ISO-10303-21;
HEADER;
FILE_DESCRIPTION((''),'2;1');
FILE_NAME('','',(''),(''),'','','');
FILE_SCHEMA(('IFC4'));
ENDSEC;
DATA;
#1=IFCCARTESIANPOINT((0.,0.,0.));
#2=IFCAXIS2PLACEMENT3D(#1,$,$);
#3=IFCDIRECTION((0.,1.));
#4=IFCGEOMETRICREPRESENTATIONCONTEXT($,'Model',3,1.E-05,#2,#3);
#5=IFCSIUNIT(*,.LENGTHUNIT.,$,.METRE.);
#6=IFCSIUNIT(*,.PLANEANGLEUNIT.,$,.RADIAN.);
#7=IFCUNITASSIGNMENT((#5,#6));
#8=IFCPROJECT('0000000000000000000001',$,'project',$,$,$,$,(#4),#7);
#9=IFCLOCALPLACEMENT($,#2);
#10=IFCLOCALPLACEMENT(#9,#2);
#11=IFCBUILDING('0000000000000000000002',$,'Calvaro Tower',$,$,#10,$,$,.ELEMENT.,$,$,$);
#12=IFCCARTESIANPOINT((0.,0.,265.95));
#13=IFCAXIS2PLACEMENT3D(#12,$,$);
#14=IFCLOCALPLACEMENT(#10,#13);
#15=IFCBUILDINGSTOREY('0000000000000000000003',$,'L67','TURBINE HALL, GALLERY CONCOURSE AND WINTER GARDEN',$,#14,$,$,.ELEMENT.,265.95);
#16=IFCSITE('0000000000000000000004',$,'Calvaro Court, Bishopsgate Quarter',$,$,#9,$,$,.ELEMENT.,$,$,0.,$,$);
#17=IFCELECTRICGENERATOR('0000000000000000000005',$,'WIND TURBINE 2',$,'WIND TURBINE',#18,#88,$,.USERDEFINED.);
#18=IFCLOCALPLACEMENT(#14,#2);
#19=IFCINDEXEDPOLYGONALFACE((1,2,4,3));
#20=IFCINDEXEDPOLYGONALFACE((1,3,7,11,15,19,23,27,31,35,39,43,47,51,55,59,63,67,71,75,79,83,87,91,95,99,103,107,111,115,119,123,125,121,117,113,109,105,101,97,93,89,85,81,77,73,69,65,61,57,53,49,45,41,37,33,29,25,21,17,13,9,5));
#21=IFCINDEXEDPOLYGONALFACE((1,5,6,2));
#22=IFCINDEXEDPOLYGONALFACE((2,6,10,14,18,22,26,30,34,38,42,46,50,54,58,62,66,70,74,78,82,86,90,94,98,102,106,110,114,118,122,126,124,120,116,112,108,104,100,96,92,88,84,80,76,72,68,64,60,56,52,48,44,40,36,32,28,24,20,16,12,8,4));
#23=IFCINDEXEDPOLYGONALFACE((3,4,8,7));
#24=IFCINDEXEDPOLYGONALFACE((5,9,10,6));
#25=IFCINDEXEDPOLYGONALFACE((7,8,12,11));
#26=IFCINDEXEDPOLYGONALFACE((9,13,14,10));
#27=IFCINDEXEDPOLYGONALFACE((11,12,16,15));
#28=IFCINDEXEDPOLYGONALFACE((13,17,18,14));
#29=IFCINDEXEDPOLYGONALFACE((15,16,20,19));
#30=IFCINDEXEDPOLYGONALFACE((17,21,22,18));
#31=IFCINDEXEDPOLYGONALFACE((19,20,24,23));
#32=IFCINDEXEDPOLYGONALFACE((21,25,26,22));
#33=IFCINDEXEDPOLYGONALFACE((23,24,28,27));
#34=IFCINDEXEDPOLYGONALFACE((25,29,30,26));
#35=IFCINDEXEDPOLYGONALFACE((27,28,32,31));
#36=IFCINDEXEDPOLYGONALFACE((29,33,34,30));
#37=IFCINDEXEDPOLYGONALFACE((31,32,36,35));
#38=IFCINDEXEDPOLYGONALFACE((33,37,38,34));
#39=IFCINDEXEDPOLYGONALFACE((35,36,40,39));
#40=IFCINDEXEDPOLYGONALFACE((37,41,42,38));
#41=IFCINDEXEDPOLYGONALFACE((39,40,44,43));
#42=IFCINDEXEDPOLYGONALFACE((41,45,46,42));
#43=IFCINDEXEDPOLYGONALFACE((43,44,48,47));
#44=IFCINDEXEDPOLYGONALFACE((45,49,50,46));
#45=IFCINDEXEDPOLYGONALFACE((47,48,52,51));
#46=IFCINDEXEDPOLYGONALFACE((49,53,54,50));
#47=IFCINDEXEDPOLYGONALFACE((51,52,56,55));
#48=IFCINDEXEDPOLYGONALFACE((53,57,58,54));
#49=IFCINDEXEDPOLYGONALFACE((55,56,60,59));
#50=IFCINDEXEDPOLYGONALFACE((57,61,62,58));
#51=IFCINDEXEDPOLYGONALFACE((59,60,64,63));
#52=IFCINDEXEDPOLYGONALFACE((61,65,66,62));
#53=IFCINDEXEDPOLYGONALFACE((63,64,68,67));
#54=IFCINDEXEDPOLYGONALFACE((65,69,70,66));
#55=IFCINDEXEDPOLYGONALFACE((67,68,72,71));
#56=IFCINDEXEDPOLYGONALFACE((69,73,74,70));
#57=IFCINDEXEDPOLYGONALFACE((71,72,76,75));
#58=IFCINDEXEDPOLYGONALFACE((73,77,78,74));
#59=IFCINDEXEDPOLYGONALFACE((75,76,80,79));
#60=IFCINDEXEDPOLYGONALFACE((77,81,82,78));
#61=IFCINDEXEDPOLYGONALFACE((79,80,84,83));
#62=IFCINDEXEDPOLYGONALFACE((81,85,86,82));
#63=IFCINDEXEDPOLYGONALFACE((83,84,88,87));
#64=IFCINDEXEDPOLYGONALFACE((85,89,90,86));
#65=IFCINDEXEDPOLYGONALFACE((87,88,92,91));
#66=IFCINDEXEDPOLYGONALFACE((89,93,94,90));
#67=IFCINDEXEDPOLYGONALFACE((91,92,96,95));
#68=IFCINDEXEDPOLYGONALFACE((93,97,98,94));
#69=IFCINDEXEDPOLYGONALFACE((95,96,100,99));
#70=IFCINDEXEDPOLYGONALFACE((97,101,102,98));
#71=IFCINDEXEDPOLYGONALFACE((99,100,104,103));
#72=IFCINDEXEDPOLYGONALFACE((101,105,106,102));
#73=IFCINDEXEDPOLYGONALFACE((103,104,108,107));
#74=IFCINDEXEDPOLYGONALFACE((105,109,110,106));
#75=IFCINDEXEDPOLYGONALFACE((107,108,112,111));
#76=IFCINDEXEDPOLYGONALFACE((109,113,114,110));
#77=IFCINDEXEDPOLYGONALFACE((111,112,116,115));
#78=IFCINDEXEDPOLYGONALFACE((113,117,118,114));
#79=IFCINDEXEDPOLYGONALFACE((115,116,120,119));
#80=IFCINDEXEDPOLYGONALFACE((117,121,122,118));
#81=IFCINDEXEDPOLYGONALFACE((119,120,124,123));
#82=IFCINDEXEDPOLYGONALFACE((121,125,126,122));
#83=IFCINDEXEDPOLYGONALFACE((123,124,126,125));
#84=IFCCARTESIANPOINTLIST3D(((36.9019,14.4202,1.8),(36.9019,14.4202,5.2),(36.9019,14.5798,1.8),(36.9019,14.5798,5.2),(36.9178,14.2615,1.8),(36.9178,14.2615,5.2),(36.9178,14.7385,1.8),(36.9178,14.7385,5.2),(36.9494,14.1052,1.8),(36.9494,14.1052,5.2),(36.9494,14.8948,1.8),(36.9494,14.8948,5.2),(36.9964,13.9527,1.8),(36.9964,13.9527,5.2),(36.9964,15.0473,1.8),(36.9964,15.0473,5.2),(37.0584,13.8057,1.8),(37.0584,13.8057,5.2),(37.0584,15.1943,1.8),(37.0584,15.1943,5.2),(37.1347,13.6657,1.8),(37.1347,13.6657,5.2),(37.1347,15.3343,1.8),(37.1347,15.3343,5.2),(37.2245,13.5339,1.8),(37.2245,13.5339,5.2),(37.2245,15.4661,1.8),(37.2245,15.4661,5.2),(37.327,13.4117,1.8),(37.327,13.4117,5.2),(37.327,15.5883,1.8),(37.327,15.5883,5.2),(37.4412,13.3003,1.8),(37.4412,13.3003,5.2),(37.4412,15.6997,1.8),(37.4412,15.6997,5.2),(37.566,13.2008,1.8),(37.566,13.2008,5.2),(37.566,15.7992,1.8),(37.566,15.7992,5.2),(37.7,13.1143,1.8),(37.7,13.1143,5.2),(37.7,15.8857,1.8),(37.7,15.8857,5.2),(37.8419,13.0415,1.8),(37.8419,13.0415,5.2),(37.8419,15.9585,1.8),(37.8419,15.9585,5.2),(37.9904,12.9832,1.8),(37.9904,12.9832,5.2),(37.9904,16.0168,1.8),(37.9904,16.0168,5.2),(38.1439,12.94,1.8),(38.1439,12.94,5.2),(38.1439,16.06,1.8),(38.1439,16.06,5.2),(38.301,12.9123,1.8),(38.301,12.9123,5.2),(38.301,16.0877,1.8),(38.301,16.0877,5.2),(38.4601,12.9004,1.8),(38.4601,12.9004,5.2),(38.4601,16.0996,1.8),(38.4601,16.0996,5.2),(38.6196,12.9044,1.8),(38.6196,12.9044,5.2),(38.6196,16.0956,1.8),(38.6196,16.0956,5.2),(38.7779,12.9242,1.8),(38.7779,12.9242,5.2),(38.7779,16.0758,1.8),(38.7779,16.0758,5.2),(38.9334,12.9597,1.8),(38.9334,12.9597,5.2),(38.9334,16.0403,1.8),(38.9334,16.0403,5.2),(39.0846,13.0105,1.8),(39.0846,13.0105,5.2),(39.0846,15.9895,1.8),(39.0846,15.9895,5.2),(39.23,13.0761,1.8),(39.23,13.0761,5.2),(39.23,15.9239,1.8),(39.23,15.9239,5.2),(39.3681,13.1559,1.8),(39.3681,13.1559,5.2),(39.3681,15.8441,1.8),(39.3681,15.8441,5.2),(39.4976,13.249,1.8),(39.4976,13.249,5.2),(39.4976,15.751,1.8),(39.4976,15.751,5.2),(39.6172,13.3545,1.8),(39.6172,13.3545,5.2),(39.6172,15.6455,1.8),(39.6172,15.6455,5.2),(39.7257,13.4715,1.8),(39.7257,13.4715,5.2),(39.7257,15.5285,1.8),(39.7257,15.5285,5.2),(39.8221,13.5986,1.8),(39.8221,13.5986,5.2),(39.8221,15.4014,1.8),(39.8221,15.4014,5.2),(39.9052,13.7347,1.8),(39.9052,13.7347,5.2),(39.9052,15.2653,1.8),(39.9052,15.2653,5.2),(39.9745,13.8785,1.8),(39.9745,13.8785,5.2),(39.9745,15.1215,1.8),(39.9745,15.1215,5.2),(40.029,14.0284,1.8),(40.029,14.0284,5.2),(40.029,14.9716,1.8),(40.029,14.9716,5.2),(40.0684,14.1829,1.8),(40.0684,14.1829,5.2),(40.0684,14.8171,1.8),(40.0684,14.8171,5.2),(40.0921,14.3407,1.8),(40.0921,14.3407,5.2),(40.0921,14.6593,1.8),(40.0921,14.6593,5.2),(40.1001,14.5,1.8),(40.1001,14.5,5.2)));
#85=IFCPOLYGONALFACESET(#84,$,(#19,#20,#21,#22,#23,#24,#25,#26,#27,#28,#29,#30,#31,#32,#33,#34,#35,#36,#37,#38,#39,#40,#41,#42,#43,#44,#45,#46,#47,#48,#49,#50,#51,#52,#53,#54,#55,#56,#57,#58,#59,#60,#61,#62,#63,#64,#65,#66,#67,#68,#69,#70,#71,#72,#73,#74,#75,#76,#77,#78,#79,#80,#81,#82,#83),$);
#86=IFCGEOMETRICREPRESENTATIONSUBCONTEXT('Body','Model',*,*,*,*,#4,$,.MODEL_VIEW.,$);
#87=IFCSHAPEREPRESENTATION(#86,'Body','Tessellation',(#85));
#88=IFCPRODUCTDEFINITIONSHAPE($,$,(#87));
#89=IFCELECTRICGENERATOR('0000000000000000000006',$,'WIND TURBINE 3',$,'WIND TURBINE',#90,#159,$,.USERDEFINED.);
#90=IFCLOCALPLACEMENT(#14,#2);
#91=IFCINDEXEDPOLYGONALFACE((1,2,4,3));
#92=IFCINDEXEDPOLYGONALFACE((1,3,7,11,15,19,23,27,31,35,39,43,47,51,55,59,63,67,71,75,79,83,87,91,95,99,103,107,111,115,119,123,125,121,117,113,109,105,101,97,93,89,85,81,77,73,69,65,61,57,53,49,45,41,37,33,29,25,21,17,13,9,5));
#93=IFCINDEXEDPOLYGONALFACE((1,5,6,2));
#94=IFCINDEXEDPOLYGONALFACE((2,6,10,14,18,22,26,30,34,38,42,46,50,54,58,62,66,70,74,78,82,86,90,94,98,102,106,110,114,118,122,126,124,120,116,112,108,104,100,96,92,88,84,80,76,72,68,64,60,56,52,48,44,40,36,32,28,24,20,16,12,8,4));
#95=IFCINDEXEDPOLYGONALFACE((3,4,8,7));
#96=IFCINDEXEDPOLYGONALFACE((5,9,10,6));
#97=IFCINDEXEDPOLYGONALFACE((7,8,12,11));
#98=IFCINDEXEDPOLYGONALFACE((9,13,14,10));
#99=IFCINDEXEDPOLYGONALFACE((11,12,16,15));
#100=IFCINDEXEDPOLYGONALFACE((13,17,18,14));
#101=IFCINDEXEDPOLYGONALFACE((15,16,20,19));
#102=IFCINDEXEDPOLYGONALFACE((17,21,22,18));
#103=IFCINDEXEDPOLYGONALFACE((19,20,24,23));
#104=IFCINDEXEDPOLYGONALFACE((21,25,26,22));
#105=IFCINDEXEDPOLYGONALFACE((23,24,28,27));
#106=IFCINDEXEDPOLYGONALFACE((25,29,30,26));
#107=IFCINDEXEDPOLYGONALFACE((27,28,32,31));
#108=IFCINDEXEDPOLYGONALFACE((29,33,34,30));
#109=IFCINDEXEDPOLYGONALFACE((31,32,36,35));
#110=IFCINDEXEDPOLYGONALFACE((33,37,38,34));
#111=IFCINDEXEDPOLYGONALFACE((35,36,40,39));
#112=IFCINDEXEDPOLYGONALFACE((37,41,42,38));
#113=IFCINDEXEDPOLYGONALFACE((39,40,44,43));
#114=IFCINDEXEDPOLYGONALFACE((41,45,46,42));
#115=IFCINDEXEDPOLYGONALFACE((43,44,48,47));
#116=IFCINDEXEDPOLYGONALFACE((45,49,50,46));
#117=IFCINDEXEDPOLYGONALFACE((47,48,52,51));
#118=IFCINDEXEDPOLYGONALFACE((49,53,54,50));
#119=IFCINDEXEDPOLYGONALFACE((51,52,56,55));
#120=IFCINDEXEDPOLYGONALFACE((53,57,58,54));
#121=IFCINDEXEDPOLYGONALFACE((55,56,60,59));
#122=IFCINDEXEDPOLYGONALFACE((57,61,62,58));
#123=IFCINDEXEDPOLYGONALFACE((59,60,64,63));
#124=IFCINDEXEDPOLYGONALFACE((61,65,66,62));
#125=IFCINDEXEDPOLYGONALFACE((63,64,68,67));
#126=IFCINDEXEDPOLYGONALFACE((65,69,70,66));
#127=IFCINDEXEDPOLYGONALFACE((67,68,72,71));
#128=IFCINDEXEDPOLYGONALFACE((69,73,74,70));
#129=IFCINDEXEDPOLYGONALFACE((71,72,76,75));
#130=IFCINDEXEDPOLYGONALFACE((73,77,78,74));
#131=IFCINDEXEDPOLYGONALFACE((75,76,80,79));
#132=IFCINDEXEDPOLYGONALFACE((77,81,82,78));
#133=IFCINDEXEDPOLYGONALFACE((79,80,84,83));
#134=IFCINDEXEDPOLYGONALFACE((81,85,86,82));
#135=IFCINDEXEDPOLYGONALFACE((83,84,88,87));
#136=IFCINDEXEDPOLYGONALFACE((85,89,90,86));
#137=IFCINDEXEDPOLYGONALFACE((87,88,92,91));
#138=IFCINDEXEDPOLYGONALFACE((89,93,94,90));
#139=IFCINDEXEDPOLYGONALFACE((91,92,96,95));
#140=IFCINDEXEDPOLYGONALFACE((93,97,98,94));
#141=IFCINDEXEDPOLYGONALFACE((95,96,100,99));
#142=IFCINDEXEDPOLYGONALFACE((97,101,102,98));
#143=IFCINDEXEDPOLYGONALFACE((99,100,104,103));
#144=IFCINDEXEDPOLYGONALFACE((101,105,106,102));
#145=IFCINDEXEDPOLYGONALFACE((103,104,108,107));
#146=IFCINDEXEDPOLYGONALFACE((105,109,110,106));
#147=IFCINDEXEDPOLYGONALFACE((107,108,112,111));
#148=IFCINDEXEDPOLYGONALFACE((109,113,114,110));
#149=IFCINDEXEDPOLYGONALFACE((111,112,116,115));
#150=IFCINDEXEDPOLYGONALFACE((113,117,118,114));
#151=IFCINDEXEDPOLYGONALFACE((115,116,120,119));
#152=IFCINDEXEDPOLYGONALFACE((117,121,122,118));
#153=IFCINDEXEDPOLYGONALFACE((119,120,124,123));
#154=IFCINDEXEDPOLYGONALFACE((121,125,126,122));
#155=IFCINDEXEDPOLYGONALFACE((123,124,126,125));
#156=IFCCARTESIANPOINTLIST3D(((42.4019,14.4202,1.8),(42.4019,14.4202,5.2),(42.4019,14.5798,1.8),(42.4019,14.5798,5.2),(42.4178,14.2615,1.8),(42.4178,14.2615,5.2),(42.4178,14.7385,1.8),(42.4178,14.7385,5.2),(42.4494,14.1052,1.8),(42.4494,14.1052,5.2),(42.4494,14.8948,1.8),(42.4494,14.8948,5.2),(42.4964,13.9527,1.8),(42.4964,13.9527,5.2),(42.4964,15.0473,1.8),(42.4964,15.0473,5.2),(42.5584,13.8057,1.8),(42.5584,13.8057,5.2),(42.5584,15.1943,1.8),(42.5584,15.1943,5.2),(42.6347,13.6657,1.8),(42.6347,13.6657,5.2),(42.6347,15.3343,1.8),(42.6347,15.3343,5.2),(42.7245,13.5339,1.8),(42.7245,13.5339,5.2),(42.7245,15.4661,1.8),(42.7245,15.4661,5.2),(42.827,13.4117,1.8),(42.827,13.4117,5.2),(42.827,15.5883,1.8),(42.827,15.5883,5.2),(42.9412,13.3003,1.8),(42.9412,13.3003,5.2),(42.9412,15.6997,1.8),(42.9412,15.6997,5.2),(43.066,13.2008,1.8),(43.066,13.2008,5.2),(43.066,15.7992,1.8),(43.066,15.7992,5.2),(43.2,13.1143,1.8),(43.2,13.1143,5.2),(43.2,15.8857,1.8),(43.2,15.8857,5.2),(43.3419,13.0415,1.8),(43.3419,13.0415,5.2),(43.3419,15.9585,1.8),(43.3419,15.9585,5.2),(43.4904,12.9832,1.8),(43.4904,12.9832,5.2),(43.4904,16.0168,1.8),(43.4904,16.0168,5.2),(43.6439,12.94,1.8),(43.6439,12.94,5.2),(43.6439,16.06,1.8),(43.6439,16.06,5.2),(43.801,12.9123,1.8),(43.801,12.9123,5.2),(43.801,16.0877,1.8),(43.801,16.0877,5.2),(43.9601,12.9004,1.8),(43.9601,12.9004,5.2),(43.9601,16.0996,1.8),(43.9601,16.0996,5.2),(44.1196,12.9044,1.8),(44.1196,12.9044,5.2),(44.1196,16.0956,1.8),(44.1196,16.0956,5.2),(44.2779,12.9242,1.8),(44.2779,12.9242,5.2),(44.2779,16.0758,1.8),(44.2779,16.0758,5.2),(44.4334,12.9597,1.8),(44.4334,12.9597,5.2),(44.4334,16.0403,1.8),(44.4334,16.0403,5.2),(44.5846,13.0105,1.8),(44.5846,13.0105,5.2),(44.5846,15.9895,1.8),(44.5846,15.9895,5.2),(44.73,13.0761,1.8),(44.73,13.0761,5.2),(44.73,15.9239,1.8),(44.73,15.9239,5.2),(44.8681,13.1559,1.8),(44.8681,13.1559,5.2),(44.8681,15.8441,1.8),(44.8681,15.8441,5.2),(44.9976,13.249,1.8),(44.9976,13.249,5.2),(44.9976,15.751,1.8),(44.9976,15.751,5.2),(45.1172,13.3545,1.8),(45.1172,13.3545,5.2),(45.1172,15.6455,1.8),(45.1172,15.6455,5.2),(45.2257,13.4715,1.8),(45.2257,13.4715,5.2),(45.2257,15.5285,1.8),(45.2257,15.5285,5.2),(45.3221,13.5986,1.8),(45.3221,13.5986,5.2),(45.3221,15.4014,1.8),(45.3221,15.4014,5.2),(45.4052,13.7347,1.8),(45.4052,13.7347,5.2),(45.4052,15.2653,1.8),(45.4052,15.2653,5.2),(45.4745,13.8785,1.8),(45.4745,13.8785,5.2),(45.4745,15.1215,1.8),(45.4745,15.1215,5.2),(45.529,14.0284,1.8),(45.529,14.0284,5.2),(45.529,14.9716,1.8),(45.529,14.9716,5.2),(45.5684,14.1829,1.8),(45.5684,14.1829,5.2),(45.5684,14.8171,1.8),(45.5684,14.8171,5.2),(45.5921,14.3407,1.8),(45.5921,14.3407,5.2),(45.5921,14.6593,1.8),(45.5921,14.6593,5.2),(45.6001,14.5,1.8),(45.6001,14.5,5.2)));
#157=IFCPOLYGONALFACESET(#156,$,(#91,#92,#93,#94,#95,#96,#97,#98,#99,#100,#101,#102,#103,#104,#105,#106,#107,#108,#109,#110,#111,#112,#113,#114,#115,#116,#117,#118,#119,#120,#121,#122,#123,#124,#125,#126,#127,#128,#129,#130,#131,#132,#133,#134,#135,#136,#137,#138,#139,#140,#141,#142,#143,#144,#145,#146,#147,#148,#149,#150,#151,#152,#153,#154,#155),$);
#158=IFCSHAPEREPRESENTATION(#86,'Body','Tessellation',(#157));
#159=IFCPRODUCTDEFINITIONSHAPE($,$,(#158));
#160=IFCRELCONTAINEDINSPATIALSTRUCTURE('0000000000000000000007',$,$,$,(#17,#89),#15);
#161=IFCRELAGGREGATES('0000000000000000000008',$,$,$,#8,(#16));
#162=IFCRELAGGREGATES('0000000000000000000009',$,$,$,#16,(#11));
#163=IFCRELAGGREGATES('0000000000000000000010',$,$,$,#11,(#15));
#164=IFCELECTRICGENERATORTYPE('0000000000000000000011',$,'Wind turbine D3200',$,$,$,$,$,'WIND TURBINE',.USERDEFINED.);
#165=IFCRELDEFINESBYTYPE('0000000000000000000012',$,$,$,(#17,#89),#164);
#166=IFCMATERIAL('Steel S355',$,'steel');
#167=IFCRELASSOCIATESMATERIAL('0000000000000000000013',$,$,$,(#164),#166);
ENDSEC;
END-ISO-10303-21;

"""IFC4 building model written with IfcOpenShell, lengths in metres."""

from ifc_helpers import new_model, si_unit, direction, frame, origin, origin_2d, place, context, subcontext, project, spatial, circle, extrude, material, material_profile, profile_set, type_object, element, save


model = new_model("IFC4")

# Units and contexts
model_context = context("Model", 3, precision=1e-05, world=origin(), true_north=direction((0.0, 1.0)))
body_context = subcontext(model_context, "Body", "Model", "MODEL_VIEW")
ifc_project = project(units=[si_unit("LENGTHUNIT", "METRE"), si_unit("PLANEANGLEUNIT", "RADIAN")], contexts=[model_context])

# Site, building, storey
site_placement = place(None, origin())
site = spatial("IfcSite", under=ifc_project, at=site_placement, Name="Calvaro Court, Bishopsgate Quarter", CompositionType="ELEMENT", RefElevation=0.0)
building_placement = place(site_placement, origin())
building = spatial("IfcBuilding", under=site, at=building_placement, Name="Calvaro Tower", CompositionType="ELEMENT")
storey_placement = place(building_placement, frame((0.0, 0.0, 265.95)))
storey = spatial("IfcBuildingStorey", under=building, at=storey_placement, Name="L67", Description="TURBINE HALL, GALLERY CONCOURSE AND WINTER GARDEN", CompositionType="ELEMENT", Elevation=265.95)

# Electric generators
ifc_material_1 = material(Name="Steel S355", Category="steel")
ifc_material_profile_1 = material_profile(ifc_material_1, circle(Radius=1.6001, at=origin_2d()), Name="Wind turbine D3200")
ifc_profile_set_1 = profile_set([ifc_material_profile_1], Name="Steel S355")
electric_generator_type = type_object("IfcElectricGeneratorType", Name="Wind turbine D3200", ElementType="WIND TURBINE", PredefinedType="USERDEFINED", material=ifc_profile_set_1)
for number, where, z_axis, x_axis, name in (
    (1, (38.5, 14.5, 1.8), (0.0, 0.0, 1.0), (1.0, 0.0, 0.0), "WIND TURBINE 2"),
    (2, (44.0, 14.5, 1.8), (0.0, 0.0, 1.0), (1.0, 0.0, 0.0), "WIND TURBINE 3"),
):
    element("IfcElectricGenerator", number, at=place(storey_placement, frame(where, z_axis=z_axis, x_axis=x_axis)), inside=storey, type_object=electric_generator_type, Name=name, ObjectType="WIND TURBINE", PredefinedType="USERDEFINED", context=body_context, shape_type="SweptSolid", body=[
        extrude(circle(Radius=1.6001, at=origin_2d()), origin(), (0.0, 0.0, 1.0), 3.3999),
    ])

save(model, "model.ifc")
